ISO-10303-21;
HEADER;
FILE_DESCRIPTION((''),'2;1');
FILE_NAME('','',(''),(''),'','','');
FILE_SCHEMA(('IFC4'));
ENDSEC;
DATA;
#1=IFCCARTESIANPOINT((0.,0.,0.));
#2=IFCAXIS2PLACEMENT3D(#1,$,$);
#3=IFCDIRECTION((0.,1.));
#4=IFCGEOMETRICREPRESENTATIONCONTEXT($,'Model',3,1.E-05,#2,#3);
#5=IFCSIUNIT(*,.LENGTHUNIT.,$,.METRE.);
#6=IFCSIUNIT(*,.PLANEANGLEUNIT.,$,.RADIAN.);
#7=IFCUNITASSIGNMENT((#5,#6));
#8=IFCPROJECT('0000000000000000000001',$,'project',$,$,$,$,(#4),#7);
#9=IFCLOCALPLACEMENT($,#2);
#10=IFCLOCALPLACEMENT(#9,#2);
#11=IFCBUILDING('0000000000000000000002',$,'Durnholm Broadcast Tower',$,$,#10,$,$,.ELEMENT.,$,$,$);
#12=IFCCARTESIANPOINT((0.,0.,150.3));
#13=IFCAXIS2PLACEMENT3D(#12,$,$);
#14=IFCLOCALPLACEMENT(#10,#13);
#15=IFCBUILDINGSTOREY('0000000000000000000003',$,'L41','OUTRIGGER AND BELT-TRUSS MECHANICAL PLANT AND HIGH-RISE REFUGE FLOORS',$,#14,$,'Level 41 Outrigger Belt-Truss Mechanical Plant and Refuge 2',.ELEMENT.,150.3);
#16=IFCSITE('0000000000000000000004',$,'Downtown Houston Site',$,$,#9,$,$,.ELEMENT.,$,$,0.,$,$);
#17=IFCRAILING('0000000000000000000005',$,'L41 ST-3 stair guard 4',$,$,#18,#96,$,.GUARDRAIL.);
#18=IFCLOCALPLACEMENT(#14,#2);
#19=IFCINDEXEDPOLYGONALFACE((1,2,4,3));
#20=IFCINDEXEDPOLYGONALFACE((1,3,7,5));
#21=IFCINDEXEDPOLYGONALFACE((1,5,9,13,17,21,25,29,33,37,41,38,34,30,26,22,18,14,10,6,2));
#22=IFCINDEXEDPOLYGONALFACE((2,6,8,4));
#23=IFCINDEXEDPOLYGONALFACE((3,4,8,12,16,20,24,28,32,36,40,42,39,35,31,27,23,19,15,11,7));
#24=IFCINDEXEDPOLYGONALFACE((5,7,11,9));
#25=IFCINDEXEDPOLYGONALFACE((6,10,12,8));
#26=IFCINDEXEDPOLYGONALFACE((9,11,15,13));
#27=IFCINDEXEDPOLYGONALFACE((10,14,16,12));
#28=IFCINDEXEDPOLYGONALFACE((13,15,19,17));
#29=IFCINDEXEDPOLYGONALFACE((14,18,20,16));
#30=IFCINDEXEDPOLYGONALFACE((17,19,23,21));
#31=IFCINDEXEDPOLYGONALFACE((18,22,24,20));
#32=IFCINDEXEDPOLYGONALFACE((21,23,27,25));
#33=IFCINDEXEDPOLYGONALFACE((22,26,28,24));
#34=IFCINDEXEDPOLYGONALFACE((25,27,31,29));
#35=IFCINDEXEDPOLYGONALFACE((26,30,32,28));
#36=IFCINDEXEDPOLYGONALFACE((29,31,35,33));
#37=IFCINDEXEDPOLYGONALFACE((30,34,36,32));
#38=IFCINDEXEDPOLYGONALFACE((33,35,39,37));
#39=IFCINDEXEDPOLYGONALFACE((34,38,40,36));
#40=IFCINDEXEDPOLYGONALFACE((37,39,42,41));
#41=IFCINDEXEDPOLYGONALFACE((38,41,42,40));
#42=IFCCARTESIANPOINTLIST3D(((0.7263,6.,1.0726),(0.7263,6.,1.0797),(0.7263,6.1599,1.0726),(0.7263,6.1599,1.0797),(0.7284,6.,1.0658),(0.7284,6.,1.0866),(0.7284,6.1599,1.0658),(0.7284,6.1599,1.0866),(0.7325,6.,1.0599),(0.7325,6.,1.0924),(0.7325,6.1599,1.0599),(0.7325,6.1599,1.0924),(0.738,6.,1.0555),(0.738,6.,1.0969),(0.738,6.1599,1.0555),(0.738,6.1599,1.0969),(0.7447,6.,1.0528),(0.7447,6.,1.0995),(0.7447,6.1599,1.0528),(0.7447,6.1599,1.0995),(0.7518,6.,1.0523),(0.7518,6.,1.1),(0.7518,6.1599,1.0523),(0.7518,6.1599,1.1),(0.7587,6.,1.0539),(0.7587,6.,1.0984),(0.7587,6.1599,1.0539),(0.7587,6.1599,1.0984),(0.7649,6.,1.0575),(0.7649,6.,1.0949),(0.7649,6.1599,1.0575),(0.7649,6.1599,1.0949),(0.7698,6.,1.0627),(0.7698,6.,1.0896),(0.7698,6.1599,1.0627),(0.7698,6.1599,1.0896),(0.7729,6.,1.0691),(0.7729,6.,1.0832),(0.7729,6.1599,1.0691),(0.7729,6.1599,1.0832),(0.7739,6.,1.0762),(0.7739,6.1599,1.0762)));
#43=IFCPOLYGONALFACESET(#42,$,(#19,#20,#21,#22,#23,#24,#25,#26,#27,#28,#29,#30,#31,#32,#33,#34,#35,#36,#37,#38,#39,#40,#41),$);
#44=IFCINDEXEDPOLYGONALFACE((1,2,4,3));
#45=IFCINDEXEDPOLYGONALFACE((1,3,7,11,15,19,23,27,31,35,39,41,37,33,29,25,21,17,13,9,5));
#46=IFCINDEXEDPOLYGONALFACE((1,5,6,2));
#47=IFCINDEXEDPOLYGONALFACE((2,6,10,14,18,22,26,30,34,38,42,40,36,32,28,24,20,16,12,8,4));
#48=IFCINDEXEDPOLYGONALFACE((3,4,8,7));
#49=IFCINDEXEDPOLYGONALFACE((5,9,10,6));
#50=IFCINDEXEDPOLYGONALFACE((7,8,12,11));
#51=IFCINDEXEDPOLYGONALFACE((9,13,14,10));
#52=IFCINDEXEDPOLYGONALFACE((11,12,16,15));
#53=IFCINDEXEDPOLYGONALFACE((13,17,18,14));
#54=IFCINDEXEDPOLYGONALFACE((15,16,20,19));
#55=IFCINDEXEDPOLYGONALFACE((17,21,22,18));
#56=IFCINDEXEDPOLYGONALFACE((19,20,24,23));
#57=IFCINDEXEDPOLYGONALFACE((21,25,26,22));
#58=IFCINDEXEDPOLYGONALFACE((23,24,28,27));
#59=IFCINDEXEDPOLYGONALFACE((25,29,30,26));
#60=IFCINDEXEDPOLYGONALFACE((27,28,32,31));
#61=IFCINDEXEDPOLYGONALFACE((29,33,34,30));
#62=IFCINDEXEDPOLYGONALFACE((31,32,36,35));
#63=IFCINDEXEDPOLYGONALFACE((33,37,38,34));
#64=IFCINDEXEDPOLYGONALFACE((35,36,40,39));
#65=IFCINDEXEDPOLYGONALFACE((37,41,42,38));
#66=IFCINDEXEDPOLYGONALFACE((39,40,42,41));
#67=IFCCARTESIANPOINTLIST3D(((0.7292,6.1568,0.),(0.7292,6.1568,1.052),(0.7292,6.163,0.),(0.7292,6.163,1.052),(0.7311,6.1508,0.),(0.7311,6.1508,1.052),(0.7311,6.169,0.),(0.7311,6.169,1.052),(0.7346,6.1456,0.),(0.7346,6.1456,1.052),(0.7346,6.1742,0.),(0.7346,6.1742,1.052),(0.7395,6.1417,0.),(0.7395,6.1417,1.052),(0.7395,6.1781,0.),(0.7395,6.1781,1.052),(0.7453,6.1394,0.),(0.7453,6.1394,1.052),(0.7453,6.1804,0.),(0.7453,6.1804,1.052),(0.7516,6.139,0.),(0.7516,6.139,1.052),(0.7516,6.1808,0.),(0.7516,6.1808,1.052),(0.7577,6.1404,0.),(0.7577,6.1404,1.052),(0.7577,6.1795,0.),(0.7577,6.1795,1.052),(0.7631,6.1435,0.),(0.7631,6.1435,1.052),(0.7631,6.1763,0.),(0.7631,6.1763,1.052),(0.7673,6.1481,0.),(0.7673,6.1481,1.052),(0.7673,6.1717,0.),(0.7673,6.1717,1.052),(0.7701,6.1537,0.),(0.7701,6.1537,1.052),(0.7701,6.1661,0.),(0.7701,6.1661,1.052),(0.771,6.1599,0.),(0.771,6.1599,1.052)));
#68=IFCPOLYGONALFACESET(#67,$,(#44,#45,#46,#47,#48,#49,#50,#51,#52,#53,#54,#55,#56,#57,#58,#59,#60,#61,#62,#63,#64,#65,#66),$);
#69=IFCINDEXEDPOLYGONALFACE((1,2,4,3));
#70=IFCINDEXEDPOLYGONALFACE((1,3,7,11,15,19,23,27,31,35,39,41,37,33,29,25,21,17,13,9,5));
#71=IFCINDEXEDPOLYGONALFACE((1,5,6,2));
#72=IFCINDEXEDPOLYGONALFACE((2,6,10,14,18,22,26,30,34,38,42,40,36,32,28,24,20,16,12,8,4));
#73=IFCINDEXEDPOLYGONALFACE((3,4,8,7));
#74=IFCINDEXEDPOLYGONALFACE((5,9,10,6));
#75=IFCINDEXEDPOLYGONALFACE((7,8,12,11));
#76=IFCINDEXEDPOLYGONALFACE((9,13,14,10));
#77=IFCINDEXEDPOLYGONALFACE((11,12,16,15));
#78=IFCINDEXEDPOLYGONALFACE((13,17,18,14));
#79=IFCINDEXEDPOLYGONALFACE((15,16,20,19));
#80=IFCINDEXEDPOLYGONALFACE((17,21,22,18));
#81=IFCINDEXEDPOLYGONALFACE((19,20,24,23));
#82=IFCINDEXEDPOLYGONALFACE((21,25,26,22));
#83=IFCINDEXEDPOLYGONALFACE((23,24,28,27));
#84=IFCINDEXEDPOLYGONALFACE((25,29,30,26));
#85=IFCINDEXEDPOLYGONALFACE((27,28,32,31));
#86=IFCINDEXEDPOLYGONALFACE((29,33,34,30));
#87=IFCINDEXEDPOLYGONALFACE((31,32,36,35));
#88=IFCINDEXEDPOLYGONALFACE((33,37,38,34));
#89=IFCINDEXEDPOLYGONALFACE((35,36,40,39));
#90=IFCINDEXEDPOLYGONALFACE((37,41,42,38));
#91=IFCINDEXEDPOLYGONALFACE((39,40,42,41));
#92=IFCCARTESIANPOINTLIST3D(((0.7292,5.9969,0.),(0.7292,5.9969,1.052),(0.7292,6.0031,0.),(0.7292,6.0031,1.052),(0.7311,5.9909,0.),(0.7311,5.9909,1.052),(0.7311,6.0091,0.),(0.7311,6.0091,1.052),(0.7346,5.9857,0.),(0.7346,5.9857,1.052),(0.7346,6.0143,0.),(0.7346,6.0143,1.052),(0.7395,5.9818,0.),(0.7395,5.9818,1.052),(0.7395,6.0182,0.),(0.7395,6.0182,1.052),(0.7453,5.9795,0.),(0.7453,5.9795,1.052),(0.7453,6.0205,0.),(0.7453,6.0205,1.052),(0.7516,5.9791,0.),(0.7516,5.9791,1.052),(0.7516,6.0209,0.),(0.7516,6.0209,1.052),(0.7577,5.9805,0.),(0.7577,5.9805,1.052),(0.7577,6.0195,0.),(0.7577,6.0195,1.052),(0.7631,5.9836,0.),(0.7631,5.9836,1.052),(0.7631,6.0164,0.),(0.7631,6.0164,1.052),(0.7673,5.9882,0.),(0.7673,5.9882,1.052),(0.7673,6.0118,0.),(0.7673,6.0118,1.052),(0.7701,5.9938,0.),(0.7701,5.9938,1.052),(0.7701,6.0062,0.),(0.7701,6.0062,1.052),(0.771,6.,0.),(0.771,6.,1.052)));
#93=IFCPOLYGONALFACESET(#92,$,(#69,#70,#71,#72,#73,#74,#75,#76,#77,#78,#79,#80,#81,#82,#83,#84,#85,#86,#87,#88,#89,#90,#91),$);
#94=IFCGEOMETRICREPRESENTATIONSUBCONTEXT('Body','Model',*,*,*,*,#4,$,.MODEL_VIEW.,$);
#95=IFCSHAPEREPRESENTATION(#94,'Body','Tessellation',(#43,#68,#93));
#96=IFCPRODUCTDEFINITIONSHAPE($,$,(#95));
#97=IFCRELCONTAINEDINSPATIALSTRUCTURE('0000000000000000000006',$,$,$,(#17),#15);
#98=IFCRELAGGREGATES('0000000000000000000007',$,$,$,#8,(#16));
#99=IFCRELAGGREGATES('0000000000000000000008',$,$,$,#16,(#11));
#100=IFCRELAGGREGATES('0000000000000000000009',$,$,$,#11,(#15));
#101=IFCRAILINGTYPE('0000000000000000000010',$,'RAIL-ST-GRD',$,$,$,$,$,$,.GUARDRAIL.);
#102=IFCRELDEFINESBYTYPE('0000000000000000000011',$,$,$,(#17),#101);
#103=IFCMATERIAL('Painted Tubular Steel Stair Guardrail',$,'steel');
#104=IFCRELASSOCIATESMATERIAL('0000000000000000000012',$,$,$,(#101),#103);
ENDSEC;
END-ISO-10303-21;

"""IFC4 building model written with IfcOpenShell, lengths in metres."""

from ifc_helpers import new_model, si_unit, direction, frame, origin, origin_2d, place, context, subcontext, project, spatial, circle, extrude, material, type_object, element, save


model = new_model("IFC4")

# Units and contexts
model_context = context("Model", 3, precision=1e-05, world=origin(), true_north=direction((0.0, 1.0)))
body_context = subcontext(model_context, "Body", "Model", "MODEL_VIEW")
ifc_project = project(units=[si_unit("LENGTHUNIT", "METRE"), si_unit("PLANEANGLEUNIT", "RADIAN")], contexts=[model_context])

# Site, building, storey
site_placement = place(None, origin())
site = spatial("IfcSite", under=ifc_project, at=site_placement, Name="Downtown Houston Site", CompositionType="ELEMENT", RefElevation=0.0)
building_placement = place(site_placement, origin())
building = spatial("IfcBuilding", under=site, at=building_placement, Name="Durnholm Broadcast Tower", CompositionType="ELEMENT")
storey_placement = place(building_placement, frame((0.0, 0.0, 150.3)))
storey = spatial("IfcBuildingStorey", under=building, at=storey_placement, Name="L41", Description="OUTRIGGER AND BELT-TRUSS MECHANICAL PLANT AND HIGH-RISE REFUGE FLOORS", LongName="Level 41 Outrigger Belt-Truss Mechanical Plant and Refuge 2", CompositionType="ELEMENT", Elevation=150.3)

# Railing
ifc_material_1 = material(Name="Painted Tubular Steel Stair Guardrail", Category="steel")
railing_type_1 = type_object("IfcRailingType", Name="RAIL-ST-GRD", PredefinedType="GUARDRAIL", material=ifc_material_1)
railing_1_placement = place(storey_placement, frame((0.75, 6.1599, 0.0)))
element("IfcRailing", 1, at=railing_1_placement, inside=storey, type_object=railing_type_1, Name="L41 ST-3 stair guard 4", PredefinedType="GUARDRAIL", context=body_context, shape_type="SweptSolid", body=[
    extrude(circle(Radius=0.0239, at=origin_2d()), frame((0.0, 0.0, 1.0762), z_axis=(0.0, -1.0, 0.0), x_axis=(1.0, 0.0, 0.0)), (0.0, 0.0, 1.0), 0.1599),
    extrude(circle(Radius=0.021, at=origin_2d()), origin(), (0.0, 0.0, 1.0), 1.052),
    extrude(circle(Radius=0.021, at=origin_2d()), frame((0.0, -0.1599, 0.0)), (0.0, 0.0, 1.0), 1.052),
])

save(model, "model.ifc")
